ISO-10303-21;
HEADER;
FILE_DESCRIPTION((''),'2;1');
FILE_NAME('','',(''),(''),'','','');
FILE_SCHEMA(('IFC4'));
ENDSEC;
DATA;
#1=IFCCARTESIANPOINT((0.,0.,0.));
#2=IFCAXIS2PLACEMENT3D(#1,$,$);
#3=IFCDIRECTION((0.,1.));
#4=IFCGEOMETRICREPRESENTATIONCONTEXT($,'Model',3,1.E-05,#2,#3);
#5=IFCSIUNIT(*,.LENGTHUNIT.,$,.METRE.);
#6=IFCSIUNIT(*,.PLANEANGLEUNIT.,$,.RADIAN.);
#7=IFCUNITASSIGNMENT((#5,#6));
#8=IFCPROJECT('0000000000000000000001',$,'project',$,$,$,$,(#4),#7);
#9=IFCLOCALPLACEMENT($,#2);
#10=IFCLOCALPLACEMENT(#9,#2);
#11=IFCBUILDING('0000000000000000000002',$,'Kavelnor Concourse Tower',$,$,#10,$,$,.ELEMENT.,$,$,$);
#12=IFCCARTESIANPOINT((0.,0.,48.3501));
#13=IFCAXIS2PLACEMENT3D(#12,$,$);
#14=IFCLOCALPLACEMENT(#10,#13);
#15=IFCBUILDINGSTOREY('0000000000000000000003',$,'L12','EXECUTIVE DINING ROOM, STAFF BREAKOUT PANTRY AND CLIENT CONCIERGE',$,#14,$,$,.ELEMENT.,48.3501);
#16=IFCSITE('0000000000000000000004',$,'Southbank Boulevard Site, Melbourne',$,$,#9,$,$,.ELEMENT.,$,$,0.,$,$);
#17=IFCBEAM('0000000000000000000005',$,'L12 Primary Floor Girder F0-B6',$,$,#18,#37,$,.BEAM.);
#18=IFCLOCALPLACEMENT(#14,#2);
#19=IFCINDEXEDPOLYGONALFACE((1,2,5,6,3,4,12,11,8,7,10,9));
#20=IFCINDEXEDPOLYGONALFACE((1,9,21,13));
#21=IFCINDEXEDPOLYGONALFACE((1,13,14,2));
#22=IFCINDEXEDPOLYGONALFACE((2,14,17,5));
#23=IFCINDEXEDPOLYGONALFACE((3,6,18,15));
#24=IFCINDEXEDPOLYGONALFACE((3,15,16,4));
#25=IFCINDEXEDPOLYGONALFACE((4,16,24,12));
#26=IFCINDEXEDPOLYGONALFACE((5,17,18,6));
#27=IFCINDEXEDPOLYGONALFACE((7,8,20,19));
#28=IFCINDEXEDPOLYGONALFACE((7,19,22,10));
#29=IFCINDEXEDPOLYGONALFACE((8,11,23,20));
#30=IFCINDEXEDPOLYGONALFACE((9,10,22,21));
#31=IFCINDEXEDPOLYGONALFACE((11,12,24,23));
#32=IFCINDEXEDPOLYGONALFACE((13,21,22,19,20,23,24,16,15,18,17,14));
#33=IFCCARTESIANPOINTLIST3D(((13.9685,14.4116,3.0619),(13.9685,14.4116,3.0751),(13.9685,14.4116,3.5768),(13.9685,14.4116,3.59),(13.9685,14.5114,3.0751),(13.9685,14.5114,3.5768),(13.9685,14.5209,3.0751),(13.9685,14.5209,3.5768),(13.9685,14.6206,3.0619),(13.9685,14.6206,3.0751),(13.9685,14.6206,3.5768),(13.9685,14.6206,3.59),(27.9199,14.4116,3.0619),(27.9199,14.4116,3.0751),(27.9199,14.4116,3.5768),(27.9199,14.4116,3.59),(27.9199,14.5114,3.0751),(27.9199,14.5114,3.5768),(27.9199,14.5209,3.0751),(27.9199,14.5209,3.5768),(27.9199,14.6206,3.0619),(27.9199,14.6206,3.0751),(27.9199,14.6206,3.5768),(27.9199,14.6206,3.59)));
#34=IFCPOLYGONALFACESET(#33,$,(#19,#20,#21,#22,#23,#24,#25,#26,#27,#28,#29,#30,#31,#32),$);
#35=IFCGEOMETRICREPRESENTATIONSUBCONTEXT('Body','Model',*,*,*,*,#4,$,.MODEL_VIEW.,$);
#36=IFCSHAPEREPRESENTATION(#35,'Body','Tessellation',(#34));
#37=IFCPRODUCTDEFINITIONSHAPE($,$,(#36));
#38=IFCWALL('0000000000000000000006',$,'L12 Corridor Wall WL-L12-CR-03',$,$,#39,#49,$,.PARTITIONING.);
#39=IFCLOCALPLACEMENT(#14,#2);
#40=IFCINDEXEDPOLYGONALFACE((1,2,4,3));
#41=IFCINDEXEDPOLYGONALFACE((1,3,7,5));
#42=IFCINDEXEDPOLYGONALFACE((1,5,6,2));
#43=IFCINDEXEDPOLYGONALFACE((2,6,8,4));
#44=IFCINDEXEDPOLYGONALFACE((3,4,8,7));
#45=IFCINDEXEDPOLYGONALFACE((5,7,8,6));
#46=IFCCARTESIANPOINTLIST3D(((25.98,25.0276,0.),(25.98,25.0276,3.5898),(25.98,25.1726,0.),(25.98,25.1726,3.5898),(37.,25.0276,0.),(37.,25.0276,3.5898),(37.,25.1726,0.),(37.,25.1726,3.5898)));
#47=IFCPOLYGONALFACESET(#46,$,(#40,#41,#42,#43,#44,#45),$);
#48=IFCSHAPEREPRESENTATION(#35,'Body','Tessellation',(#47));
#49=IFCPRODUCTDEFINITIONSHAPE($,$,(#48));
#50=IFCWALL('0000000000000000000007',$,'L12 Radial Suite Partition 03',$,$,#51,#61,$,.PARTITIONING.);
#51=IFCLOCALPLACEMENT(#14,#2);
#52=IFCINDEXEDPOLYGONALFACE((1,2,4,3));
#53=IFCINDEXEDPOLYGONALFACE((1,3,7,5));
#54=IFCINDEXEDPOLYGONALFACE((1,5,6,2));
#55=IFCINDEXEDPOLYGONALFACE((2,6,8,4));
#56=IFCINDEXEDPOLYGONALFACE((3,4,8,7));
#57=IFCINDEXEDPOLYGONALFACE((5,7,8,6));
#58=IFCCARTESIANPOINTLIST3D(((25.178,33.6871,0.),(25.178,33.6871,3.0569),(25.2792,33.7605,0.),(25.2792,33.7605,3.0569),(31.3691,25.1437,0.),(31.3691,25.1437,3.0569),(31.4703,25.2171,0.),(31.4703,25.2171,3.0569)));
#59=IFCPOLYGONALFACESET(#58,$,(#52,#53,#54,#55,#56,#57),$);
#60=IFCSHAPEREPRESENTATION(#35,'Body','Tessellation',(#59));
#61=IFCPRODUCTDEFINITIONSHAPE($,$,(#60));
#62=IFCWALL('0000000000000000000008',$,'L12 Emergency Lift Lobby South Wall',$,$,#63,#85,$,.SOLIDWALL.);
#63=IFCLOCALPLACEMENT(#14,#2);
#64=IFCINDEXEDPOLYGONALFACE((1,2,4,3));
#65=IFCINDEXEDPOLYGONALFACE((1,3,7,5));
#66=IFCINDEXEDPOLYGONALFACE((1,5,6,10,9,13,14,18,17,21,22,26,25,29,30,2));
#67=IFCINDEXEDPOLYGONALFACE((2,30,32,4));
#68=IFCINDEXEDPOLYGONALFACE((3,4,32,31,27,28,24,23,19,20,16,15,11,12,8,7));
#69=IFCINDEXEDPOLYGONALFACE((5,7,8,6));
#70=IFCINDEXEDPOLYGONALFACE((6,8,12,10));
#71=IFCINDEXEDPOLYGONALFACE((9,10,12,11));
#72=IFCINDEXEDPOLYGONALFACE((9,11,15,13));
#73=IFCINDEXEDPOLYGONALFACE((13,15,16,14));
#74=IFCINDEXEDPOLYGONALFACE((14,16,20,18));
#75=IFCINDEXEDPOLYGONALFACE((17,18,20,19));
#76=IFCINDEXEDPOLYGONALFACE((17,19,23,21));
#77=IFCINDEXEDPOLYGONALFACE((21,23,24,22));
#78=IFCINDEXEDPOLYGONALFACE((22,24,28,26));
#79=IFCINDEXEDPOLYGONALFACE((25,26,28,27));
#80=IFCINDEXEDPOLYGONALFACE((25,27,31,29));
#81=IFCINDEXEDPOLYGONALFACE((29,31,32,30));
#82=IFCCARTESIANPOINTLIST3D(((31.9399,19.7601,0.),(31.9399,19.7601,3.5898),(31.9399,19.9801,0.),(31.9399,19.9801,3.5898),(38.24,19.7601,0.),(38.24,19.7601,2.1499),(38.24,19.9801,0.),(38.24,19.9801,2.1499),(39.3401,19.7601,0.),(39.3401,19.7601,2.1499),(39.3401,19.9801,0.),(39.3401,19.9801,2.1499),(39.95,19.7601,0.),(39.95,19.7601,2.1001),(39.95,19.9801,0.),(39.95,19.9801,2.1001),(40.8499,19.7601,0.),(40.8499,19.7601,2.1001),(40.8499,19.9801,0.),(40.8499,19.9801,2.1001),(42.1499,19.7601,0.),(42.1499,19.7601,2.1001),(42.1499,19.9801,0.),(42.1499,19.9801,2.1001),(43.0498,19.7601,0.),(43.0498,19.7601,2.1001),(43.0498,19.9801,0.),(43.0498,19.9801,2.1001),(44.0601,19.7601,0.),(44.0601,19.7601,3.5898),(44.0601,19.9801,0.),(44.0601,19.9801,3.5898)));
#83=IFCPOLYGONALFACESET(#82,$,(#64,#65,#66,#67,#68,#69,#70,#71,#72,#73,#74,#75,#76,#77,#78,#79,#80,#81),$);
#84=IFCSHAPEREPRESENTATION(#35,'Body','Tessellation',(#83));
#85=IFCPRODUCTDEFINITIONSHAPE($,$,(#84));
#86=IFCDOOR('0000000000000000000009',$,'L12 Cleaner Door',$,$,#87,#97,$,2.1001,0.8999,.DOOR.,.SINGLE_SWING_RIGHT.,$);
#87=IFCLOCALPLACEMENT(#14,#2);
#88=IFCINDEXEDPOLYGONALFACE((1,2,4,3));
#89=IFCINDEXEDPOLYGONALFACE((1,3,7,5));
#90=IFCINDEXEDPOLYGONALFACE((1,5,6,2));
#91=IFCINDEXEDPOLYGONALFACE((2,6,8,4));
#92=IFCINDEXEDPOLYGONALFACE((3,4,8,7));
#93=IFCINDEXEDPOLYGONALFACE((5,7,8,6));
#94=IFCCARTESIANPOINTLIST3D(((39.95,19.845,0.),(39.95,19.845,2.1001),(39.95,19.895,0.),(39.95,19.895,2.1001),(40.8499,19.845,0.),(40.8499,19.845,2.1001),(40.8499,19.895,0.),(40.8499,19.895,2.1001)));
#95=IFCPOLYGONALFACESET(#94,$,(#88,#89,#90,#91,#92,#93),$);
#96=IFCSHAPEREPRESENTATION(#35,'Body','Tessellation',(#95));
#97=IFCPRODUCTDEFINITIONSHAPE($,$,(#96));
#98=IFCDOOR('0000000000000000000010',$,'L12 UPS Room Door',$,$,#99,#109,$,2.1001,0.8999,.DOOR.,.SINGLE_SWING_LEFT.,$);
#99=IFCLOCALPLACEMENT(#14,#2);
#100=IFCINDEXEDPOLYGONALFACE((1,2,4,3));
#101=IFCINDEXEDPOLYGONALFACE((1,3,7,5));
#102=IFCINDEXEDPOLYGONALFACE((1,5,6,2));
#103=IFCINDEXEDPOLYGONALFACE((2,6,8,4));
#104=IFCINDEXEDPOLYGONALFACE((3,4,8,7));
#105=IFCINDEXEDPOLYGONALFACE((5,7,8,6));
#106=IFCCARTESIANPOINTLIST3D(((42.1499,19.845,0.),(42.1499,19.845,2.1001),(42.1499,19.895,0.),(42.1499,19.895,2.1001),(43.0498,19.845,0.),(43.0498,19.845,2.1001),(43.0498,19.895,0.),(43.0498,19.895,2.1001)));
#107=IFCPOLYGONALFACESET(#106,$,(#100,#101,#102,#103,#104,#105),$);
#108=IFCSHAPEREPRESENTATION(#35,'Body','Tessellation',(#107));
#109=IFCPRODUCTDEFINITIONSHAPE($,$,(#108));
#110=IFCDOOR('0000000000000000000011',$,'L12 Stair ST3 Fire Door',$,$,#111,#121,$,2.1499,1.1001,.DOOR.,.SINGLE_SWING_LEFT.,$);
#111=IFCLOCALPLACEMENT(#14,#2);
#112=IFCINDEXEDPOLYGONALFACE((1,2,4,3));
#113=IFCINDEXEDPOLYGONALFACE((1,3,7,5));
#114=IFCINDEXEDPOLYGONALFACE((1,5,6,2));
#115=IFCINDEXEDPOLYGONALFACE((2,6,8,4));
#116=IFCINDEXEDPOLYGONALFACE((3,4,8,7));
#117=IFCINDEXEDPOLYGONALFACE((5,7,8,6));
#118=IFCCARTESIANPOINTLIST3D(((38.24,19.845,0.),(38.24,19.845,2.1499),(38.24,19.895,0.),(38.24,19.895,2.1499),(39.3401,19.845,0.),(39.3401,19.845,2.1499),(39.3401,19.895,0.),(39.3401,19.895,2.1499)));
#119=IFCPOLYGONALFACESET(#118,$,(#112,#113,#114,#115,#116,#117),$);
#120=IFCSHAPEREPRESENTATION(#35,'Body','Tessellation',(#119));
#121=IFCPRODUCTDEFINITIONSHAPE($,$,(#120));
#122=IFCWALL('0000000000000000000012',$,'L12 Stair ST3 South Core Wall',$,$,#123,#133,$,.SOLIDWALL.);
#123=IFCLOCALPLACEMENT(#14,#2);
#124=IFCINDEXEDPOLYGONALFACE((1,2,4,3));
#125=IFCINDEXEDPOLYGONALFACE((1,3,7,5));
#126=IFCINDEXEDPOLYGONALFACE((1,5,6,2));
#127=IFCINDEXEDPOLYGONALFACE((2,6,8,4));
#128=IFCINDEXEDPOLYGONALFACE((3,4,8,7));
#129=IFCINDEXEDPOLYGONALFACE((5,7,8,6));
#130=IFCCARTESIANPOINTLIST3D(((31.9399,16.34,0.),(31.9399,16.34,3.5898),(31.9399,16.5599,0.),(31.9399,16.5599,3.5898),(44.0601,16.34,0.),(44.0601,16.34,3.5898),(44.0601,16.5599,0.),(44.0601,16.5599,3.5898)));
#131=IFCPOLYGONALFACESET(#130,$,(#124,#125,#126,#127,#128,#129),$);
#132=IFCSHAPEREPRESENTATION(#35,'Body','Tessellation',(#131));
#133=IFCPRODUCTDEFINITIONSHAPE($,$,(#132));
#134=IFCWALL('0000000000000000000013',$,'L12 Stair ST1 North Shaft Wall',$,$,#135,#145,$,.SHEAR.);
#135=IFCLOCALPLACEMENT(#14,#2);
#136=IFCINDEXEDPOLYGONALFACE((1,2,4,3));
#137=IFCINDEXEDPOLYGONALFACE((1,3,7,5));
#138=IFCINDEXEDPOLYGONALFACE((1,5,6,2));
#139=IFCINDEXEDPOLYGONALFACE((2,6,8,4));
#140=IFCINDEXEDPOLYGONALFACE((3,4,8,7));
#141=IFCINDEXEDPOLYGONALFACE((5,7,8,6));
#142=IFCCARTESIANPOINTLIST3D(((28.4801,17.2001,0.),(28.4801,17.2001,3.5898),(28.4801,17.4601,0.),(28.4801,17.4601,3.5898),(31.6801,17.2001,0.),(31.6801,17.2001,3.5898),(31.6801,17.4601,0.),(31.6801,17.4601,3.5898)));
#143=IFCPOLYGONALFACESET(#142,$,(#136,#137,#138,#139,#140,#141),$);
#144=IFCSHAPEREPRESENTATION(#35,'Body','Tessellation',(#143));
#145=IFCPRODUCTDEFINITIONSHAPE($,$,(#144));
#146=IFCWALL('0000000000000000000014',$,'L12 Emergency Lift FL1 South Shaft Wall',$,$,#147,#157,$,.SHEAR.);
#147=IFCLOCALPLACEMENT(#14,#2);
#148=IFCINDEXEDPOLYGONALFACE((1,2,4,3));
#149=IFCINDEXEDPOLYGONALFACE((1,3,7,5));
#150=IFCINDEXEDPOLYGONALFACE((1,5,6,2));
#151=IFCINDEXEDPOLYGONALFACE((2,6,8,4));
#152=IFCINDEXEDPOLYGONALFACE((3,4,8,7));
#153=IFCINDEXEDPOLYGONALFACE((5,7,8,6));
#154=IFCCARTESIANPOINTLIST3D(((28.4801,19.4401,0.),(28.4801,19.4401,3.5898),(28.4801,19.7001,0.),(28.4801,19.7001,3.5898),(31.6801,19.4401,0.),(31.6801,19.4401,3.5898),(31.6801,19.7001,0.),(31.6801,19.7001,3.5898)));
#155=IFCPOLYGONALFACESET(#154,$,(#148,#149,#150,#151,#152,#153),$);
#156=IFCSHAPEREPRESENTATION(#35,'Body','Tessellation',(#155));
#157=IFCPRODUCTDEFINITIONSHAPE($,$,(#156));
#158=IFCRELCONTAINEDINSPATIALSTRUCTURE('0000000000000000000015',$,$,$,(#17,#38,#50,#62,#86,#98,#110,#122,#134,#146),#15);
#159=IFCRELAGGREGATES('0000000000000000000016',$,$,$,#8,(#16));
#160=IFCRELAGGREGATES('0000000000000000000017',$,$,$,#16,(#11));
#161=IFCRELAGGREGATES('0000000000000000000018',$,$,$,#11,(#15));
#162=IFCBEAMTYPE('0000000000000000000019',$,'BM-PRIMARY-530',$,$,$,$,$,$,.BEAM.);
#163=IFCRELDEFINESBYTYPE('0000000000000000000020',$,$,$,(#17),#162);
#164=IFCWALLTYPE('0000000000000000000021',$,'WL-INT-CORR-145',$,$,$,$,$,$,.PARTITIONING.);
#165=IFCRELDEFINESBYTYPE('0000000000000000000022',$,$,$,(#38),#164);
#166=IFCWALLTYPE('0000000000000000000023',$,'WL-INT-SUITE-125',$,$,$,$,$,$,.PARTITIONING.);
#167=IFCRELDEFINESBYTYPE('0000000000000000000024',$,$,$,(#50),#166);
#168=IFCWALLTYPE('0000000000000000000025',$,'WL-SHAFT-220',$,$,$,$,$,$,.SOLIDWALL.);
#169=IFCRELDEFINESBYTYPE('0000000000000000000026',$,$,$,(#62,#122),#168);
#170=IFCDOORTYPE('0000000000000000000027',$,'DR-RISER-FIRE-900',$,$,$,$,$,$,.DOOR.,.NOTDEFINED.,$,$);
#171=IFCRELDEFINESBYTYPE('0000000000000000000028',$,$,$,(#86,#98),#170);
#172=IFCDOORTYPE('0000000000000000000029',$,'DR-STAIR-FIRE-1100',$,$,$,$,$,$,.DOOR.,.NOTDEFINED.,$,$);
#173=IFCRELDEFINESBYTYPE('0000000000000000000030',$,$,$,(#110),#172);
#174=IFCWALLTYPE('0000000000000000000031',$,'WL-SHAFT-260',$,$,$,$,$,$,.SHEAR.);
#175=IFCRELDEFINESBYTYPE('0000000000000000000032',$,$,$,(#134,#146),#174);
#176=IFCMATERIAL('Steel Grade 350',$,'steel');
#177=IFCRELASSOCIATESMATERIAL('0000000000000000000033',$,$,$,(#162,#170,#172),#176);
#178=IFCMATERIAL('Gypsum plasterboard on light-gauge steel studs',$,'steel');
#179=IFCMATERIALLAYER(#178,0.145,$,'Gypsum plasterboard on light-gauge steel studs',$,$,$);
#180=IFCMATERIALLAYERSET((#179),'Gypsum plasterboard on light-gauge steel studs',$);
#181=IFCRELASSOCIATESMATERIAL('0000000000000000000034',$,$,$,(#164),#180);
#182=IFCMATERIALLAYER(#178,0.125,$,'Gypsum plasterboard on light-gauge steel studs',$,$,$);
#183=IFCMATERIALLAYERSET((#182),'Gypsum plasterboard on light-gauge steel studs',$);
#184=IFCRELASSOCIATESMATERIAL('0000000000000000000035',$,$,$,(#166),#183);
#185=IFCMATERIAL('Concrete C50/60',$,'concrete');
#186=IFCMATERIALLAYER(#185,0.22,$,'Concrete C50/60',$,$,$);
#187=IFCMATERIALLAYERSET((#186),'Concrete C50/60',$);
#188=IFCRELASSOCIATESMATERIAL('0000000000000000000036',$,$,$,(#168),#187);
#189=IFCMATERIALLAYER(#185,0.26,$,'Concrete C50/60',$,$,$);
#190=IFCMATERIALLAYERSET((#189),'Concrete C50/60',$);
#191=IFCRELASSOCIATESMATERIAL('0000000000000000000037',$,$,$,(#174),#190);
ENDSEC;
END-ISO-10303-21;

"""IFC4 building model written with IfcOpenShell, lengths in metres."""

from ifc_helpers import new_model, si_unit, direction, frame, frame_2d, origin, origin_2d, place, context, subcontext, project, spatial, rectangle, i_section, extrude, material, layer, layer_set, material_profile, profile_set, type_object, element, fill, save


model = new_model("IFC4")

# Units and contexts
model_context = context("Model", 3, precision=1e-05, world=origin(), true_north=direction((0.0, 1.0)))
body_context = subcontext(model_context, "Body", "Model", "MODEL_VIEW")
ifc_project = project(units=[si_unit("LENGTHUNIT", "METRE"), si_unit("PLANEANGLEUNIT", "RADIAN")], contexts=[model_context])

# Site, building, storey
site_placement = place(None, origin())
site = spatial("IfcSite", under=ifc_project, at=site_placement, Name="Southbank Boulevard Site, Melbourne", CompositionType="ELEMENT", RefElevation=0.0)
building_placement = place(site_placement, origin())
building = spatial("IfcBuilding", under=site, at=building_placement, Name="Kavelnor Concourse Tower", CompositionType="ELEMENT")
storey_placement = place(building_placement, frame((0.0, 0.0, 48.3501)))
storey = spatial("IfcBuildingStorey", under=building, at=storey_placement, Name="L12", Description="EXECUTIVE DINING ROOM, STAFF BREAKOUT PANTRY AND CLIENT CONCIERGE", CompositionType="ELEMENT", Elevation=48.3501)

# Beam
ifc_material_1 = material(Name="Steel Grade 350", Category="steel")
ifc_material_profile_1 = material_profile(ifc_material_1, i_section(OverallWidth=0.209, OverallDepth=0.5281, WebThickness=0.0095, FlangeThickness=0.0132, at=origin_2d()), Name="530UB82")
ifc_profile_set_1 = profile_set([ifc_material_profile_1], Name="Steel Grade 350")
beam_type_1 = type_object("IfcBeamType", Name="BM-PRIMARY-530", PredefinedType="BEAM", material=ifc_profile_set_1)
beam_1_placement = place(storey_placement, frame((27.9199, 14.5161, 3.3259), z_axis=(-1.0, 0.0, 0.0), x_axis=(0.0, -1.0, 0.0)))
element("IfcBeam", 1, at=beam_1_placement, inside=storey, type_object=beam_type_1, Name="L12 Primary Floor Girder F0-B6", PredefinedType="BEAM", context=body_context, shape_type="SweptSolid", body=[
    extrude(i_section(OverallWidth=0.209, OverallDepth=0.5281, WebThickness=0.0095, FlangeThickness=0.0132, at=origin_2d()), origin(), (0.0, 0.0, 1.0), 13.9514),
])

# Walls
ifc_material_2 = material(Name="Gypsum plasterboard on light-gauge steel studs", Category="steel")
ifc_layer_1 = layer(ifc_material_2, 0.145, Name="Gypsum plasterboard on light-gauge steel studs")
ifc_layer_set_1 = layer_set([ifc_layer_1], Name="Gypsum plasterboard on light-gauge steel studs")
wall_type_1 = type_object("IfcWallType", Name="WL-INT-CORR-145", PredefinedType="PARTITIONING", material=ifc_layer_set_1)
wall_1_placement = place(storey_placement, frame((25.98, 25.1001, 0.0), z_axis=(0.0, 0.0, 1.0), x_axis=(1.0, 0.0, 0.0)))
element("IfcWall", 2, at=wall_1_placement, inside=storey, type_object=wall_type_1, Name="L12 Corridor Wall WL-L12-CR-03", PredefinedType="PARTITIONING", context=body_context, shape_type="SweptSolid", body=[
    extrude(rectangle(XDim=11.02, YDim=0.145, at=frame_2d((5.51, 0.0))), origin(), (0.0, 0.0, 1.0), 3.5898),
])
ifc_layer_2 = layer(ifc_material_2, 0.125, Name="Gypsum plasterboard on light-gauge steel studs")
ifc_layer_set_2 = layer_set([ifc_layer_2], Name="Gypsum plasterboard on light-gauge steel studs")
wall_type_2 = type_object("IfcWallType", Name="WL-INT-SUITE-125", PredefinedType="PARTITIONING", material=ifc_layer_set_2)
wall_2_placement = place(storey_placement, frame((31.4197, 25.1804, 0.0), z_axis=(0.0, 0.0, 1.0), x_axis=(-0.586791, 0.809739, 0.0)))
element("IfcWall", 3, at=wall_2_placement, inside=storey, type_object=wall_type_2, Name="L12 Radial Suite Partition 03", PredefinedType="PARTITIONING", context=body_context, shape_type="SweptSolid", body=[
    extrude(rectangle(XDim=10.5508, YDim=0.125, at=frame_2d((5.2754, 0.0))), origin(), (0.0, 0.0, 1.0), 3.0569),
])

# Wall, openings, doors
ifc_material_3 = material(Name="Concrete C50/60", Category="concrete")
ifc_layer_3 = layer(ifc_material_3, 0.22, Name="Concrete C50/60")
ifc_layer_set_3 = layer_set([ifc_layer_3], Name="Concrete C50/60")
wall_type_3 = type_object("IfcWallType", Name="WL-SHAFT-220", PredefinedType="SOLIDWALL", material=ifc_layer_set_3)
wall_3_placement = place(storey_placement, frame((31.9399, 19.8701, 0.0), z_axis=(0.0, 0.0, 1.0), x_axis=(1.0, 0.0, 0.0)))
wall_3 = element("IfcWall", 4, at=wall_3_placement, inside=storey, type_object=wall_type_3, Name="L12 Emergency Lift Lobby South Wall", PredefinedType="SOLIDWALL", context=body_context, shape_type="SweptSolid", body=[
    extrude(rectangle(XDim=12.1201, YDim=0.22, at=frame_2d((6.0601, 0.0))), origin(), (0.0, 0.0, 1.0), 3.5898),
])
opening_1_placement = place(wall_3_placement, frame((6.3, 0.0, 0.0)))
opening_1 = element("IfcOpeningElement", 5, at=opening_1_placement, cuts=wall_3, PredefinedType="OPENING", context=body_context, shape_type="SweptSolid", body=[
    extrude(rectangle(XDim=1.1001, YDim=2.1499, at=frame_2d((0.55, 1.075))), frame((0.0, 0.1201, 0.0), z_axis=(0.0, -1.0, 0.0), x_axis=(1.0, 0.0, 0.0)), (0.0, 0.0, 1.0), 0.24),
])
opening_2_placement = place(wall_3_placement, frame((8.01, 0.0, 0.0)))
opening_2 = element("IfcOpeningElement", 6, at=opening_2_placement, cuts=wall_3, PredefinedType="OPENING", context=body_context, shape_type="SweptSolid", body=[
    extrude(rectangle(XDim=0.8999, YDim=2.1001, at=frame_2d((0.45, 1.05))), frame((0.0, 0.1201, 0.0), z_axis=(0.0, -1.0, 0.0), x_axis=(1.0, 0.0, 0.0)), (0.0, 0.0, 1.0), 0.24),
])
opening_3_placement = place(wall_3_placement, frame((10.21, 0.0, 0.0)))
opening_3 = element("IfcOpeningElement", 7, at=opening_3_placement, cuts=wall_3, PredefinedType="OPENING", context=body_context, shape_type="SweptSolid", body=[
    extrude(rectangle(XDim=0.8999, YDim=2.1001, at=frame_2d((0.45, 1.05))), frame((0.0, 0.1201, 0.0), z_axis=(0.0, -1.0, 0.0), x_axis=(1.0, 0.0, 0.0)), (0.0, 0.0, 1.0), 0.24),
])
door_type_1 = type_object("IfcDoorType", Name="DR-RISER-FIRE-900", OperationType="NOTDEFINED", PredefinedType="DOOR", material=ifc_material_1)
door_1_placement = place(opening_2_placement, origin())
door_1 = element("IfcDoor", 8, at=door_1_placement, inside=storey, type_object=door_type_1, Name="L12 Cleaner Door", OperationType="SINGLE_SWING_RIGHT", OverallHeight=2.1001, OverallWidth=0.8999, PredefinedType="DOOR", context=body_context, shape_type="SweptSolid", body=[
    extrude(rectangle(XDim=0.8999, YDim=2.1001, at=frame_2d((0.45, 1.05))), frame((0.0, 0.0249, 0.0), z_axis=(0.0, -1.0, 0.0), x_axis=(1.0, 0.0, 0.0)), (0.0, 0.0, 1.0), 0.05),
])
fill(opening_2, door_1)
door_2_placement = place(opening_3_placement, origin())
door_2 = element("IfcDoor", 9, at=door_2_placement, inside=storey, type_object=door_type_1, Name="L12 UPS Room Door", OperationType="SINGLE_SWING_LEFT", OverallHeight=2.1001, OverallWidth=0.8999, PredefinedType="DOOR", context=body_context, shape_type="SweptSolid", body=[
    extrude(rectangle(XDim=0.8999, YDim=2.1001, at=frame_2d((0.45, 1.05))), frame((0.0, 0.0249, 0.0), z_axis=(0.0, -1.0, 0.0), x_axis=(1.0, 0.0, 0.0)), (0.0, 0.0, 1.0), 0.05),
])
fill(opening_3, door_2)
door_type_2 = type_object("IfcDoorType", Name="DR-STAIR-FIRE-1100", OperationType="NOTDEFINED", PredefinedType="DOOR", material=ifc_material_1)
door_3_placement = place(opening_1_placement, origin())
door_3 = element("IfcDoor", 10, at=door_3_placement, inside=storey, type_object=door_type_2, Name="L12 Stair ST3 Fire Door", OperationType="SINGLE_SWING_LEFT", OverallHeight=2.1499, OverallWidth=1.1001, PredefinedType="DOOR", context=body_context, shape_type="SweptSolid", body=[
    extrude(rectangle(XDim=1.1001, YDim=2.1499, at=frame_2d((0.55, 1.075))), frame((0.0, 0.0249, 0.0), z_axis=(0.0, -1.0, 0.0), x_axis=(1.0, 0.0, 0.0)), (0.0, 0.0, 1.0), 0.05),
])
fill(opening_1, door_3)

# Walls
wall_4_placement = place(storey_placement, frame((31.9399, 16.45, 0.0), z_axis=(0.0, 0.0, 1.0), x_axis=(1.0, 0.0, 0.0)))
element("IfcWall", 11, at=wall_4_placement, inside=storey, type_object=wall_type_3, Name="L12 Stair ST3 South Core Wall", PredefinedType="SOLIDWALL", context=body_context, shape_type="SweptSolid", body=[
    extrude(rectangle(XDim=12.1201, YDim=0.22, at=frame_2d((6.0601, 0.0))), origin(), (0.0, 0.0, 1.0), 3.5898),
])
ifc_layer_4 = layer(ifc_material_3, 0.26, Name="Concrete C50/60")
ifc_layer_set_4 = layer_set([ifc_layer_4], Name="Concrete C50/60")
wall_type_4 = type_object("IfcWallType", Name="WL-SHAFT-260", PredefinedType="SHEAR", material=ifc_layer_set_4)
for number, where, z_axis, x_axis, name in (
    (12, (28.48, 17.3301, 0.0), (0.0, 0.0, 1.0), (1.0, 0.0, 0.0), "L12 Stair ST1 North Shaft Wall"),
    (13, (28.48, 19.5701, 0.0), (0.0, 0.0, 1.0), (1.0, 0.0, 0.0), "L12 Emergency Lift FL1 South Shaft Wall"),
):
    element("IfcWall", number, at=place(storey_placement, frame(where, z_axis=z_axis, x_axis=x_axis)), inside=storey, type_object=wall_type_4, Name=name, PredefinedType="SHEAR", context=body_context, shape_type="SweptSolid", body=[
        extrude(rectangle(XDim=3.2, YDim=0.26, at=frame_2d((1.6001, 0.0))), origin(), (0.0, 0.0, 1.0), 3.5898),
    ])

save(model, "model.ifc")
